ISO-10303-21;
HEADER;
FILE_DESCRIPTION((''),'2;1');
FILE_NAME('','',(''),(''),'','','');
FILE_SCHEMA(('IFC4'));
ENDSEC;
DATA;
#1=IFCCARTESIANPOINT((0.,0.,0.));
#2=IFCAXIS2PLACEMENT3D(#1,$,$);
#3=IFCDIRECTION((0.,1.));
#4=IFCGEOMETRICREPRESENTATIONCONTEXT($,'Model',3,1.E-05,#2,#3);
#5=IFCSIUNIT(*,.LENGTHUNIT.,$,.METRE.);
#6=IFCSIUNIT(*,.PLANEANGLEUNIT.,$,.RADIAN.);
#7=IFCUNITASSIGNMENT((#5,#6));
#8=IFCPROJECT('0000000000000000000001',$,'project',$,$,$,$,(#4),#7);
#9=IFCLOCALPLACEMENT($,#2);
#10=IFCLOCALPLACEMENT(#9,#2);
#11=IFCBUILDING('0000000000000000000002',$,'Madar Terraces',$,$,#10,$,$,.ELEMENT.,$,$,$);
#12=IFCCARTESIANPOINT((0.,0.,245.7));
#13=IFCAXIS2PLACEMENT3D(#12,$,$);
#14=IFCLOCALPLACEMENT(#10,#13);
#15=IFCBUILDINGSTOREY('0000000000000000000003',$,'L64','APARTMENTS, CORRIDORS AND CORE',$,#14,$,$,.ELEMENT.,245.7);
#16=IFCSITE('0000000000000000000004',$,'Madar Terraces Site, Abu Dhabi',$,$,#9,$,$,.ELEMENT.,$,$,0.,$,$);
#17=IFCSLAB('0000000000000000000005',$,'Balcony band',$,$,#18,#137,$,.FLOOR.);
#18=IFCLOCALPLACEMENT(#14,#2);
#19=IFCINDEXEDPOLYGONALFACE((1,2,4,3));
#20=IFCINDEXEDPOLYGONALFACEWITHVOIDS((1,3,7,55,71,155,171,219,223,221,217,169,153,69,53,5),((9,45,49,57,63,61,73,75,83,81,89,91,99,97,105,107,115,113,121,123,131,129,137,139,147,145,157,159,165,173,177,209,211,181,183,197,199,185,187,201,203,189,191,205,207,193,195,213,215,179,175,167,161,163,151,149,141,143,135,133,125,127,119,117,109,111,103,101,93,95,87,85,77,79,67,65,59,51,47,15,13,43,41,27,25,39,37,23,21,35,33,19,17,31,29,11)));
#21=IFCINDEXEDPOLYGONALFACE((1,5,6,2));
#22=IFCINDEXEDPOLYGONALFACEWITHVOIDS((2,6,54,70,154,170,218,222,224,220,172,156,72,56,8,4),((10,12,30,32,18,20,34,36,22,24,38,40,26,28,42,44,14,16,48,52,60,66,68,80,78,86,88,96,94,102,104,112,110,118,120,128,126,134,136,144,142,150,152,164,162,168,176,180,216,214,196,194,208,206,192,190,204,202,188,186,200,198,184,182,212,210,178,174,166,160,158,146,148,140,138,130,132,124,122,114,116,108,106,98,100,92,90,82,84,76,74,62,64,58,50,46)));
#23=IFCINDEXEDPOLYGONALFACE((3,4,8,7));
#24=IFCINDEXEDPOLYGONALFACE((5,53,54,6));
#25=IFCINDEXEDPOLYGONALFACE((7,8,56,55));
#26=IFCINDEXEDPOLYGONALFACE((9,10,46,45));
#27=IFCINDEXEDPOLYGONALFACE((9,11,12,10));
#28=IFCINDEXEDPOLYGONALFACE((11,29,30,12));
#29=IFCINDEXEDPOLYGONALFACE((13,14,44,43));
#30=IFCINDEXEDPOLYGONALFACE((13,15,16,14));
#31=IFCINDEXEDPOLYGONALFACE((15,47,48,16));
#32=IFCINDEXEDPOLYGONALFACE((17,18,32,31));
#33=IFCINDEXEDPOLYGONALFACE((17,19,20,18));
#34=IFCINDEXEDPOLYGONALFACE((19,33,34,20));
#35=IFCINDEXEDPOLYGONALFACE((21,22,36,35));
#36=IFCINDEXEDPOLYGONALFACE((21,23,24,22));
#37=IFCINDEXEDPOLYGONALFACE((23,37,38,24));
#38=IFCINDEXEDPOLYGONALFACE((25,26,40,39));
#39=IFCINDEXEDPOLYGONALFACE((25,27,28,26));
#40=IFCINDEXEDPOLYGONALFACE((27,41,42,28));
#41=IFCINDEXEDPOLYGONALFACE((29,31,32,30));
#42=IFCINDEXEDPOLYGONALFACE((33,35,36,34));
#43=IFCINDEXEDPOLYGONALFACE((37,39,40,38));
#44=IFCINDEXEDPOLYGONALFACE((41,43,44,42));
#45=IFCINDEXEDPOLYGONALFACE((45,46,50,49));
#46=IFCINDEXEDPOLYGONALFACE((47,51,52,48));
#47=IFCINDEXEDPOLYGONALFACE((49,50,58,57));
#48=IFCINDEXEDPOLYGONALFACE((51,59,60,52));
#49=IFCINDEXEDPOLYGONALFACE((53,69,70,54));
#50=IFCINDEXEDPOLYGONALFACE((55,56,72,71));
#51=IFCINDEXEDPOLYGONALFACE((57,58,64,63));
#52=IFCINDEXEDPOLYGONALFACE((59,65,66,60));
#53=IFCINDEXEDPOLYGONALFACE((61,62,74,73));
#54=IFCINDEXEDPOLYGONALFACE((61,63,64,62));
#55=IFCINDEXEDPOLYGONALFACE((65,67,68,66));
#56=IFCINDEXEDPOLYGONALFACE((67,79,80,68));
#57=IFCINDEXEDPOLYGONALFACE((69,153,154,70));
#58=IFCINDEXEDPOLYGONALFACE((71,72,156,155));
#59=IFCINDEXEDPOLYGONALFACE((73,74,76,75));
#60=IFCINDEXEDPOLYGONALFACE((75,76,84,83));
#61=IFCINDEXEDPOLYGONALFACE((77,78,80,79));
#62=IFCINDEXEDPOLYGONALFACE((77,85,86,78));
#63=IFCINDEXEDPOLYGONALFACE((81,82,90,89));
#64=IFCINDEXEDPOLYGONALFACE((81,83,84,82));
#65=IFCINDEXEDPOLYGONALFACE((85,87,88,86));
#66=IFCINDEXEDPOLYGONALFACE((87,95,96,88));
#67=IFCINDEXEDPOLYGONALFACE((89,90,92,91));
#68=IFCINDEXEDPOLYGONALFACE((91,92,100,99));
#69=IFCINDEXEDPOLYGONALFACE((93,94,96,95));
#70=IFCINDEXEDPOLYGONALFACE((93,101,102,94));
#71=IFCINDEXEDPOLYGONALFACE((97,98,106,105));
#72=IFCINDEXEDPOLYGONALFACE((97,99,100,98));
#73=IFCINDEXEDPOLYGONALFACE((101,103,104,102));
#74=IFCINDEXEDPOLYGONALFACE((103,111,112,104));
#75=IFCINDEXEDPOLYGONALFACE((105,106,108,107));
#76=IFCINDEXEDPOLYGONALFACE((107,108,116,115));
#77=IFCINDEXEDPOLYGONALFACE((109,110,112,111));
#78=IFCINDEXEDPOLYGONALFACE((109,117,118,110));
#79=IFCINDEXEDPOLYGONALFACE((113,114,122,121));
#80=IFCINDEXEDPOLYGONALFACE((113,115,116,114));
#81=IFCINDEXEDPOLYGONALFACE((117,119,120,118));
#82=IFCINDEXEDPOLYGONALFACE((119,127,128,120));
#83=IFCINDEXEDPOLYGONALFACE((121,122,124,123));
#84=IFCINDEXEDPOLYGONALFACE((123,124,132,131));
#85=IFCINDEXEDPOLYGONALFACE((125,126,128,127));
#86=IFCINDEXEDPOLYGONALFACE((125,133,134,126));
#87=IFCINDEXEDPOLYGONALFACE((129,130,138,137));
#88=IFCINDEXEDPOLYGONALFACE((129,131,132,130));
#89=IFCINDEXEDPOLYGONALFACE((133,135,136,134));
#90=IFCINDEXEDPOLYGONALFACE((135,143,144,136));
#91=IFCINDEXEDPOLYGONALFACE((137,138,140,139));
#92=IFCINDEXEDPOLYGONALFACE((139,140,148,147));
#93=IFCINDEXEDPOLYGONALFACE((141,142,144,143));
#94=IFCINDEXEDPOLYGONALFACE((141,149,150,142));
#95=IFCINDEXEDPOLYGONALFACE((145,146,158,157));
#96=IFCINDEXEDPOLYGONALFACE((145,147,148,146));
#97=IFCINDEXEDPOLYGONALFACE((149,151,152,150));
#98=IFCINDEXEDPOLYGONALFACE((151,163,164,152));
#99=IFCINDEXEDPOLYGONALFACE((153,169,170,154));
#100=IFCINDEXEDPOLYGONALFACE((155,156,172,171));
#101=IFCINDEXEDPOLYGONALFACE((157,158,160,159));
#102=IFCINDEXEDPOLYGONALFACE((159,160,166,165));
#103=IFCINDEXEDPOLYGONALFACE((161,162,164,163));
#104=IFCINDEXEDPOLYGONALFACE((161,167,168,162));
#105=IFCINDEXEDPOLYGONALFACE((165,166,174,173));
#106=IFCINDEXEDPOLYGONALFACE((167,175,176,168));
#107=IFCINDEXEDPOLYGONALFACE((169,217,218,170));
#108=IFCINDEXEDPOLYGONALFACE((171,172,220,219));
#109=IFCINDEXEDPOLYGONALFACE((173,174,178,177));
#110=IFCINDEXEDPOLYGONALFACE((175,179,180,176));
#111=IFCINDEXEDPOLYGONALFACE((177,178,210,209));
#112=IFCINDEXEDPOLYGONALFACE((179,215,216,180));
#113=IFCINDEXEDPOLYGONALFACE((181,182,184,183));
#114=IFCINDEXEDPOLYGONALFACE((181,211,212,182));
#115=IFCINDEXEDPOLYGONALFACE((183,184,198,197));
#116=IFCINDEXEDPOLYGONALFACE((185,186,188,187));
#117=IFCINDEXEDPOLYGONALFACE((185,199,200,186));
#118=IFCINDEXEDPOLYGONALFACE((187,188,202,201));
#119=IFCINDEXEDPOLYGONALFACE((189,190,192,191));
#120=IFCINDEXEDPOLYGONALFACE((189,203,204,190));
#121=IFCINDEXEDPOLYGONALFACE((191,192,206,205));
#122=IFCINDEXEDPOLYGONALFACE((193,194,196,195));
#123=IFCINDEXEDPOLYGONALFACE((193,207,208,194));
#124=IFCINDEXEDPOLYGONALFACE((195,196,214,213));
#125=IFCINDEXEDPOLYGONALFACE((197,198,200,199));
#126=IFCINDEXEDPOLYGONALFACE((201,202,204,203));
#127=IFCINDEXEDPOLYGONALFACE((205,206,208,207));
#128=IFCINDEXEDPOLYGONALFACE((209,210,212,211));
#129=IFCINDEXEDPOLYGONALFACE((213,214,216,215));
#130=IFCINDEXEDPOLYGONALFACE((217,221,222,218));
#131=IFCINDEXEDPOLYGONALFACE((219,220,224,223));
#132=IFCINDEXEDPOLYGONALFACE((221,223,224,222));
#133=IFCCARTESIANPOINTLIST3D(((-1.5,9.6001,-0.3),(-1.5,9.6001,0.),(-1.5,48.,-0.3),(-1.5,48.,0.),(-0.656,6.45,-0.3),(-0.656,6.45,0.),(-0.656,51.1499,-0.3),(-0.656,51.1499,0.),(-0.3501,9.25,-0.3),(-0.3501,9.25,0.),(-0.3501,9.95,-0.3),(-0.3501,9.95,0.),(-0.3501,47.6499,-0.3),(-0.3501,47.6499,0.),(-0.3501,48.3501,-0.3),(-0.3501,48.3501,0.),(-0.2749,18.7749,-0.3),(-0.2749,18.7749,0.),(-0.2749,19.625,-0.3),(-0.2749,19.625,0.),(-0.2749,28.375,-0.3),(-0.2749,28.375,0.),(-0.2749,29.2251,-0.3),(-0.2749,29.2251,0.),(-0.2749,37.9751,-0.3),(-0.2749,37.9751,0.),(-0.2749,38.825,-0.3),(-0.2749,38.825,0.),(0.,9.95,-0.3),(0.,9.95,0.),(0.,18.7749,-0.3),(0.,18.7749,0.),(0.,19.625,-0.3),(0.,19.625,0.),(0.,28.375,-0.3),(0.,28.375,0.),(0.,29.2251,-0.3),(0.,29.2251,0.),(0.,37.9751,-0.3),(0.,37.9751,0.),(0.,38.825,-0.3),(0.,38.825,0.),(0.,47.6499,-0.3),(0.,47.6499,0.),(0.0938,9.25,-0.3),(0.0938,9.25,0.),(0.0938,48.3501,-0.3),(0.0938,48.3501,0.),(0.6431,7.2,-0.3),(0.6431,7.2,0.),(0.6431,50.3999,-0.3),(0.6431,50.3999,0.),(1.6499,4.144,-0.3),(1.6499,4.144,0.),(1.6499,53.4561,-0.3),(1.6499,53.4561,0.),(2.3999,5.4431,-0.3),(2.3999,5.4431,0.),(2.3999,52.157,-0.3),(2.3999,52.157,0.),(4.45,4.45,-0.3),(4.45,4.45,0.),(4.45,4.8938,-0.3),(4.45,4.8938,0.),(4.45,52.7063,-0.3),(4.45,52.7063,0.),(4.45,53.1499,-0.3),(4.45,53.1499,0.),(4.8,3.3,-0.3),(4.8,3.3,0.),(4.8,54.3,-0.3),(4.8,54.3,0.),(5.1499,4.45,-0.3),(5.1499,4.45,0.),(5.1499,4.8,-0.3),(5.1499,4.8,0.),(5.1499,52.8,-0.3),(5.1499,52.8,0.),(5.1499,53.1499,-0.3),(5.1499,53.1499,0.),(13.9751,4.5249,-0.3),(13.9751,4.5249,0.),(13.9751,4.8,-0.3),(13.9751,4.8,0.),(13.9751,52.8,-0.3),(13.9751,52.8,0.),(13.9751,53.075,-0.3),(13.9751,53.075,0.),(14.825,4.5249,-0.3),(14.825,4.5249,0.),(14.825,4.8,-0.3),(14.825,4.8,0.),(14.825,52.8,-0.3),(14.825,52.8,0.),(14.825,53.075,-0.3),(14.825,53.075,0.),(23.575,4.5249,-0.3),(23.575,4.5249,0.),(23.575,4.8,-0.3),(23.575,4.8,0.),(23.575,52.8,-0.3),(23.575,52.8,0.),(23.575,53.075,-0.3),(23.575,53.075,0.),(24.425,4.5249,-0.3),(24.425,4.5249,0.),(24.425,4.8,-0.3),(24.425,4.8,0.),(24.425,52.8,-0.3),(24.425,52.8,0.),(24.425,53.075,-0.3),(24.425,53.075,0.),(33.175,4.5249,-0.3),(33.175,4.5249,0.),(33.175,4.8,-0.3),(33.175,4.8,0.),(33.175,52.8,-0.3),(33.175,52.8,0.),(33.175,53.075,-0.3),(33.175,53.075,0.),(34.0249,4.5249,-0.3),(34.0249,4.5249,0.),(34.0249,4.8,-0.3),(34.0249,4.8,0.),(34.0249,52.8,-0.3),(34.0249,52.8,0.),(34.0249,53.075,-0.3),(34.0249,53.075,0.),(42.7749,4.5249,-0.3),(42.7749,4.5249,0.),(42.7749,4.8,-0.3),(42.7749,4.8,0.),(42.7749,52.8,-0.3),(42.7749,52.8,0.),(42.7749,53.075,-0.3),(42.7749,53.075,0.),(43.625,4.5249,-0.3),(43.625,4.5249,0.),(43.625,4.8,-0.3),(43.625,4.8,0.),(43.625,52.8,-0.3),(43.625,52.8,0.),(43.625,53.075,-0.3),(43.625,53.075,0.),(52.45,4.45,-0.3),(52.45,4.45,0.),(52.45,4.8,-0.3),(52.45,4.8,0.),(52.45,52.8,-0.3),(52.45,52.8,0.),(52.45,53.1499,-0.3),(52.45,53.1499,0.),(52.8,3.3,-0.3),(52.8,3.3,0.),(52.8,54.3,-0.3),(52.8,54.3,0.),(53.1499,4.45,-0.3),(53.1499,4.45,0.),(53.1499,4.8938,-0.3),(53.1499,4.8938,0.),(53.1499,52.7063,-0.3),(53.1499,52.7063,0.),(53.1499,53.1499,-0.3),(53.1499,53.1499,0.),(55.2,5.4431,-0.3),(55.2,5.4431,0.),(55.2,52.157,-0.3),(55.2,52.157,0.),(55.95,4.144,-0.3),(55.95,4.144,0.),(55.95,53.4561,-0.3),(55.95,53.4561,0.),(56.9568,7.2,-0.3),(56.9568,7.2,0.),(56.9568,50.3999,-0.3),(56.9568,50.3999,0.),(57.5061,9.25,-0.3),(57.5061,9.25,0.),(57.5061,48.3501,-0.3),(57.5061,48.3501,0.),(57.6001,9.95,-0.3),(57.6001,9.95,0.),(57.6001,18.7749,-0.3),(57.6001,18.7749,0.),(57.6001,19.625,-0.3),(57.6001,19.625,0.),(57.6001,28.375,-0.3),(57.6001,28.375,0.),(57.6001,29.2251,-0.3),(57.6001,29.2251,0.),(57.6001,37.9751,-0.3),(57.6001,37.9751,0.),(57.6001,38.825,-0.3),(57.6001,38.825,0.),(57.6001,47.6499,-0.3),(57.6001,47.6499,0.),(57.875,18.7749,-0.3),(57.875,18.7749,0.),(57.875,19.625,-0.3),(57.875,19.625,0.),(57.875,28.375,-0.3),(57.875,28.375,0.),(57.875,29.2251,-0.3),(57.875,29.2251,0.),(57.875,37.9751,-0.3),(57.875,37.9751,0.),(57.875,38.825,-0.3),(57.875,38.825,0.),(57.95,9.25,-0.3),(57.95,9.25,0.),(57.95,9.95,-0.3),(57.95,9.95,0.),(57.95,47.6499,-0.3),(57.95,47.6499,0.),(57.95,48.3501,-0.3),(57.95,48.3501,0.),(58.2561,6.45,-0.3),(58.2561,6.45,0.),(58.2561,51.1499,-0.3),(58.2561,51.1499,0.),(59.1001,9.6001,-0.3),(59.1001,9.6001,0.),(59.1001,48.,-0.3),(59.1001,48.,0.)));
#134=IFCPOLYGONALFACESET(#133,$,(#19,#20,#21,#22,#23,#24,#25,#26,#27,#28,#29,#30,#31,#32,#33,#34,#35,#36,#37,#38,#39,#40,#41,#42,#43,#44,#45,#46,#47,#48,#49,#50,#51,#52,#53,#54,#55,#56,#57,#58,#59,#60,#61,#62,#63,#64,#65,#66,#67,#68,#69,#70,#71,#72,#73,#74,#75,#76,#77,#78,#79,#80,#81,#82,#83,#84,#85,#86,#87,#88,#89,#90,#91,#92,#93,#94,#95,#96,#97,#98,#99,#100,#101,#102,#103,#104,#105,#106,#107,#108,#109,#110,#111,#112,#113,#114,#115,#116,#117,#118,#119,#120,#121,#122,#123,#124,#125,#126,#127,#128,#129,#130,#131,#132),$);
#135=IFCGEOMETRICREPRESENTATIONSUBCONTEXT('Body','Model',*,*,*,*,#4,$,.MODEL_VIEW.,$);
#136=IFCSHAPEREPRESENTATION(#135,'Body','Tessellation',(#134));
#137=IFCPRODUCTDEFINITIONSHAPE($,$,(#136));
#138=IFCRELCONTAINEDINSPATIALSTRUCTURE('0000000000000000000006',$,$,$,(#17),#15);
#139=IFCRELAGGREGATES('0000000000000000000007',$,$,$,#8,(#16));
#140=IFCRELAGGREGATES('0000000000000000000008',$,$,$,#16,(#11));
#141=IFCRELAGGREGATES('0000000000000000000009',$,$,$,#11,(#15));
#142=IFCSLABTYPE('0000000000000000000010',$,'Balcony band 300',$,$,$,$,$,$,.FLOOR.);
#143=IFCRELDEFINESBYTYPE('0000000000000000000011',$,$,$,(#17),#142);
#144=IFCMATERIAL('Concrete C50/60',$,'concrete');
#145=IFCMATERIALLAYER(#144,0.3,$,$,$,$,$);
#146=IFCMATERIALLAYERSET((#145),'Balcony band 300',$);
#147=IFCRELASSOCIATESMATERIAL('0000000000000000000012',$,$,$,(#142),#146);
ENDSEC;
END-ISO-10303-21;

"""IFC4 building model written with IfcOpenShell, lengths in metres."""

from ifc_helpers import new_model, si_unit, direction, frame, origin, place, context, subcontext, project, spatial, polyline, outline, extrude, material, layer, layer_set, type_object, element, save


model = new_model("IFC4")

# Units and contexts
model_context = context("Model", 3, precision=1e-05, world=origin(), true_north=direction((0.0, 1.0)))
body_context = subcontext(model_context, "Body", "Model", "MODEL_VIEW")
ifc_project = project(units=[si_unit("LENGTHUNIT", "METRE"), si_unit("PLANEANGLEUNIT", "RADIAN")], contexts=[model_context])

# Site, building, storey
site_placement = place(None, origin())
site = spatial("IfcSite", under=ifc_project, at=site_placement, Name="Madar Terraces Site, Abu Dhabi", CompositionType="ELEMENT", RefElevation=0.0)
building_placement = place(site_placement, origin())
building = spatial("IfcBuilding", under=site, at=building_placement, Name="Madar Terraces", CompositionType="ELEMENT")
storey_placement = place(building_placement, frame((0.0, 0.0, 245.7)))
storey = spatial("IfcBuildingStorey", under=building, at=storey_placement, Name="L64", Description="APARTMENTS, CORRIDORS AND CORE", CompositionType="ELEMENT", Elevation=245.7)

# Slab
ifc_material_1 = material(Name="Concrete C50/60", Category="concrete")
ifc_layer_1 = layer(ifc_material_1, 0.3)
ifc_layer_set_1 = layer_set([ifc_layer_1], Name="Balcony band 300")
slab_type_1 = type_object("IfcSlabType", Name="Balcony band 300", PredefinedType="FLOOR", material=ifc_layer_set_1)
slab_1_placement = place(storey_placement, frame((0.0, 0.0, -0.3)))
element("IfcSlab", 1, at=slab_1_placement, inside=storey, type_object=slab_type_1, Name="Balcony band", PredefinedType="FLOOR", context=body_context, shape_type="SweptSolid", body=[
    extrude(outline(polyline([(4.8, 3.3), (1.6499, 4.144), (-0.656, 6.45), (-1.5, 9.6001), (-1.5, 48.0), (-0.656, 51.1499), (1.6499, 53.4561), (4.8, 54.3), (52.8, 54.3), (55.95, 53.4561), (58.2561, 51.1499), (59.1001, 48.0), (59.1001, 9.6001), (58.2561, 6.45), (55.95, 4.144), (52.8, 3.3), (4.8, 3.3)]), holes=[polyline([(5.1499, 4.45), (5.1499, 4.8), (13.9751, 4.8), (13.9751, 4.5249), (14.825, 4.5249), (14.825, 4.8), (23.575, 4.8), (23.575, 4.5249), (24.425, 4.5249), (24.425, 4.8), (33.175, 4.8), (33.175, 4.5249), (34.0249, 4.5249), (34.0249, 4.8), (42.7749, 4.8), (42.7749, 4.5249), (43.625, 4.5249), (43.625, 4.8), (52.45, 4.8), (52.45, 4.45), (53.1499, 4.45), (53.1499, 4.8938), (55.2, 5.4431), (56.9568, 7.2), (57.5061, 9.25), (57.95, 9.25), (57.95, 9.95), (57.6001, 9.95), (57.6001, 18.7749), (57.875, 18.7749), (57.875, 19.625), (57.6001, 19.625), (57.6001, 28.375), (57.875, 28.375), (57.875, 29.2251), (57.6001, 29.2251), (57.6001, 37.9751), (57.875, 37.9751), (57.875, 38.825), (57.6001, 38.825), (57.6001, 47.6499), (57.95, 47.6499), (57.95, 48.3501), (57.5061, 48.3501), (56.9568, 50.3999), (55.2, 52.157), (53.1499, 52.7063), (53.1499, 53.1499), (52.45, 53.1499), (52.45, 52.8), (43.625, 52.8), (43.625, 53.075), (42.7749, 53.075), (42.7749, 52.8), (34.0249, 52.8), (34.0249, 53.075), (33.175, 53.075), (33.175, 52.8), (24.425, 52.8), (24.425, 53.075), (23.575, 53.075), (23.575, 52.8), (14.825, 52.8), (14.825, 53.075), (13.9751, 53.075), (13.9751, 52.8), (5.1499, 52.8), (5.1499, 53.1499), (4.45, 53.1499), (4.45, 52.7063), (2.3999, 52.157), (0.6431, 50.3999), (0.0938, 48.3501), (-0.3501, 48.3501), (-0.3501, 47.6499), (0.0, 47.6499), (0.0, 38.825), (-0.2749, 38.825), (-0.2749, 37.9751), (0.0, 37.9751), (0.0, 29.2251), (-0.2749, 29.2251), (-0.2749, 28.375), (0.0, 28.375), (0.0, 19.625), (-0.2749, 19.625), (-0.2749, 18.7749), (0.0, 18.7749), (0.0, 9.95), (-0.3501, 9.95), (-0.3501, 9.25), (0.0938, 9.25), (0.6431, 7.2), (2.3999, 5.4431), (4.45, 4.8938), (4.45, 4.45), (5.1499, 4.45)])]), origin(), (0.0, 0.0, 1.0), 0.3),
])

save(model, "model.ifc")
